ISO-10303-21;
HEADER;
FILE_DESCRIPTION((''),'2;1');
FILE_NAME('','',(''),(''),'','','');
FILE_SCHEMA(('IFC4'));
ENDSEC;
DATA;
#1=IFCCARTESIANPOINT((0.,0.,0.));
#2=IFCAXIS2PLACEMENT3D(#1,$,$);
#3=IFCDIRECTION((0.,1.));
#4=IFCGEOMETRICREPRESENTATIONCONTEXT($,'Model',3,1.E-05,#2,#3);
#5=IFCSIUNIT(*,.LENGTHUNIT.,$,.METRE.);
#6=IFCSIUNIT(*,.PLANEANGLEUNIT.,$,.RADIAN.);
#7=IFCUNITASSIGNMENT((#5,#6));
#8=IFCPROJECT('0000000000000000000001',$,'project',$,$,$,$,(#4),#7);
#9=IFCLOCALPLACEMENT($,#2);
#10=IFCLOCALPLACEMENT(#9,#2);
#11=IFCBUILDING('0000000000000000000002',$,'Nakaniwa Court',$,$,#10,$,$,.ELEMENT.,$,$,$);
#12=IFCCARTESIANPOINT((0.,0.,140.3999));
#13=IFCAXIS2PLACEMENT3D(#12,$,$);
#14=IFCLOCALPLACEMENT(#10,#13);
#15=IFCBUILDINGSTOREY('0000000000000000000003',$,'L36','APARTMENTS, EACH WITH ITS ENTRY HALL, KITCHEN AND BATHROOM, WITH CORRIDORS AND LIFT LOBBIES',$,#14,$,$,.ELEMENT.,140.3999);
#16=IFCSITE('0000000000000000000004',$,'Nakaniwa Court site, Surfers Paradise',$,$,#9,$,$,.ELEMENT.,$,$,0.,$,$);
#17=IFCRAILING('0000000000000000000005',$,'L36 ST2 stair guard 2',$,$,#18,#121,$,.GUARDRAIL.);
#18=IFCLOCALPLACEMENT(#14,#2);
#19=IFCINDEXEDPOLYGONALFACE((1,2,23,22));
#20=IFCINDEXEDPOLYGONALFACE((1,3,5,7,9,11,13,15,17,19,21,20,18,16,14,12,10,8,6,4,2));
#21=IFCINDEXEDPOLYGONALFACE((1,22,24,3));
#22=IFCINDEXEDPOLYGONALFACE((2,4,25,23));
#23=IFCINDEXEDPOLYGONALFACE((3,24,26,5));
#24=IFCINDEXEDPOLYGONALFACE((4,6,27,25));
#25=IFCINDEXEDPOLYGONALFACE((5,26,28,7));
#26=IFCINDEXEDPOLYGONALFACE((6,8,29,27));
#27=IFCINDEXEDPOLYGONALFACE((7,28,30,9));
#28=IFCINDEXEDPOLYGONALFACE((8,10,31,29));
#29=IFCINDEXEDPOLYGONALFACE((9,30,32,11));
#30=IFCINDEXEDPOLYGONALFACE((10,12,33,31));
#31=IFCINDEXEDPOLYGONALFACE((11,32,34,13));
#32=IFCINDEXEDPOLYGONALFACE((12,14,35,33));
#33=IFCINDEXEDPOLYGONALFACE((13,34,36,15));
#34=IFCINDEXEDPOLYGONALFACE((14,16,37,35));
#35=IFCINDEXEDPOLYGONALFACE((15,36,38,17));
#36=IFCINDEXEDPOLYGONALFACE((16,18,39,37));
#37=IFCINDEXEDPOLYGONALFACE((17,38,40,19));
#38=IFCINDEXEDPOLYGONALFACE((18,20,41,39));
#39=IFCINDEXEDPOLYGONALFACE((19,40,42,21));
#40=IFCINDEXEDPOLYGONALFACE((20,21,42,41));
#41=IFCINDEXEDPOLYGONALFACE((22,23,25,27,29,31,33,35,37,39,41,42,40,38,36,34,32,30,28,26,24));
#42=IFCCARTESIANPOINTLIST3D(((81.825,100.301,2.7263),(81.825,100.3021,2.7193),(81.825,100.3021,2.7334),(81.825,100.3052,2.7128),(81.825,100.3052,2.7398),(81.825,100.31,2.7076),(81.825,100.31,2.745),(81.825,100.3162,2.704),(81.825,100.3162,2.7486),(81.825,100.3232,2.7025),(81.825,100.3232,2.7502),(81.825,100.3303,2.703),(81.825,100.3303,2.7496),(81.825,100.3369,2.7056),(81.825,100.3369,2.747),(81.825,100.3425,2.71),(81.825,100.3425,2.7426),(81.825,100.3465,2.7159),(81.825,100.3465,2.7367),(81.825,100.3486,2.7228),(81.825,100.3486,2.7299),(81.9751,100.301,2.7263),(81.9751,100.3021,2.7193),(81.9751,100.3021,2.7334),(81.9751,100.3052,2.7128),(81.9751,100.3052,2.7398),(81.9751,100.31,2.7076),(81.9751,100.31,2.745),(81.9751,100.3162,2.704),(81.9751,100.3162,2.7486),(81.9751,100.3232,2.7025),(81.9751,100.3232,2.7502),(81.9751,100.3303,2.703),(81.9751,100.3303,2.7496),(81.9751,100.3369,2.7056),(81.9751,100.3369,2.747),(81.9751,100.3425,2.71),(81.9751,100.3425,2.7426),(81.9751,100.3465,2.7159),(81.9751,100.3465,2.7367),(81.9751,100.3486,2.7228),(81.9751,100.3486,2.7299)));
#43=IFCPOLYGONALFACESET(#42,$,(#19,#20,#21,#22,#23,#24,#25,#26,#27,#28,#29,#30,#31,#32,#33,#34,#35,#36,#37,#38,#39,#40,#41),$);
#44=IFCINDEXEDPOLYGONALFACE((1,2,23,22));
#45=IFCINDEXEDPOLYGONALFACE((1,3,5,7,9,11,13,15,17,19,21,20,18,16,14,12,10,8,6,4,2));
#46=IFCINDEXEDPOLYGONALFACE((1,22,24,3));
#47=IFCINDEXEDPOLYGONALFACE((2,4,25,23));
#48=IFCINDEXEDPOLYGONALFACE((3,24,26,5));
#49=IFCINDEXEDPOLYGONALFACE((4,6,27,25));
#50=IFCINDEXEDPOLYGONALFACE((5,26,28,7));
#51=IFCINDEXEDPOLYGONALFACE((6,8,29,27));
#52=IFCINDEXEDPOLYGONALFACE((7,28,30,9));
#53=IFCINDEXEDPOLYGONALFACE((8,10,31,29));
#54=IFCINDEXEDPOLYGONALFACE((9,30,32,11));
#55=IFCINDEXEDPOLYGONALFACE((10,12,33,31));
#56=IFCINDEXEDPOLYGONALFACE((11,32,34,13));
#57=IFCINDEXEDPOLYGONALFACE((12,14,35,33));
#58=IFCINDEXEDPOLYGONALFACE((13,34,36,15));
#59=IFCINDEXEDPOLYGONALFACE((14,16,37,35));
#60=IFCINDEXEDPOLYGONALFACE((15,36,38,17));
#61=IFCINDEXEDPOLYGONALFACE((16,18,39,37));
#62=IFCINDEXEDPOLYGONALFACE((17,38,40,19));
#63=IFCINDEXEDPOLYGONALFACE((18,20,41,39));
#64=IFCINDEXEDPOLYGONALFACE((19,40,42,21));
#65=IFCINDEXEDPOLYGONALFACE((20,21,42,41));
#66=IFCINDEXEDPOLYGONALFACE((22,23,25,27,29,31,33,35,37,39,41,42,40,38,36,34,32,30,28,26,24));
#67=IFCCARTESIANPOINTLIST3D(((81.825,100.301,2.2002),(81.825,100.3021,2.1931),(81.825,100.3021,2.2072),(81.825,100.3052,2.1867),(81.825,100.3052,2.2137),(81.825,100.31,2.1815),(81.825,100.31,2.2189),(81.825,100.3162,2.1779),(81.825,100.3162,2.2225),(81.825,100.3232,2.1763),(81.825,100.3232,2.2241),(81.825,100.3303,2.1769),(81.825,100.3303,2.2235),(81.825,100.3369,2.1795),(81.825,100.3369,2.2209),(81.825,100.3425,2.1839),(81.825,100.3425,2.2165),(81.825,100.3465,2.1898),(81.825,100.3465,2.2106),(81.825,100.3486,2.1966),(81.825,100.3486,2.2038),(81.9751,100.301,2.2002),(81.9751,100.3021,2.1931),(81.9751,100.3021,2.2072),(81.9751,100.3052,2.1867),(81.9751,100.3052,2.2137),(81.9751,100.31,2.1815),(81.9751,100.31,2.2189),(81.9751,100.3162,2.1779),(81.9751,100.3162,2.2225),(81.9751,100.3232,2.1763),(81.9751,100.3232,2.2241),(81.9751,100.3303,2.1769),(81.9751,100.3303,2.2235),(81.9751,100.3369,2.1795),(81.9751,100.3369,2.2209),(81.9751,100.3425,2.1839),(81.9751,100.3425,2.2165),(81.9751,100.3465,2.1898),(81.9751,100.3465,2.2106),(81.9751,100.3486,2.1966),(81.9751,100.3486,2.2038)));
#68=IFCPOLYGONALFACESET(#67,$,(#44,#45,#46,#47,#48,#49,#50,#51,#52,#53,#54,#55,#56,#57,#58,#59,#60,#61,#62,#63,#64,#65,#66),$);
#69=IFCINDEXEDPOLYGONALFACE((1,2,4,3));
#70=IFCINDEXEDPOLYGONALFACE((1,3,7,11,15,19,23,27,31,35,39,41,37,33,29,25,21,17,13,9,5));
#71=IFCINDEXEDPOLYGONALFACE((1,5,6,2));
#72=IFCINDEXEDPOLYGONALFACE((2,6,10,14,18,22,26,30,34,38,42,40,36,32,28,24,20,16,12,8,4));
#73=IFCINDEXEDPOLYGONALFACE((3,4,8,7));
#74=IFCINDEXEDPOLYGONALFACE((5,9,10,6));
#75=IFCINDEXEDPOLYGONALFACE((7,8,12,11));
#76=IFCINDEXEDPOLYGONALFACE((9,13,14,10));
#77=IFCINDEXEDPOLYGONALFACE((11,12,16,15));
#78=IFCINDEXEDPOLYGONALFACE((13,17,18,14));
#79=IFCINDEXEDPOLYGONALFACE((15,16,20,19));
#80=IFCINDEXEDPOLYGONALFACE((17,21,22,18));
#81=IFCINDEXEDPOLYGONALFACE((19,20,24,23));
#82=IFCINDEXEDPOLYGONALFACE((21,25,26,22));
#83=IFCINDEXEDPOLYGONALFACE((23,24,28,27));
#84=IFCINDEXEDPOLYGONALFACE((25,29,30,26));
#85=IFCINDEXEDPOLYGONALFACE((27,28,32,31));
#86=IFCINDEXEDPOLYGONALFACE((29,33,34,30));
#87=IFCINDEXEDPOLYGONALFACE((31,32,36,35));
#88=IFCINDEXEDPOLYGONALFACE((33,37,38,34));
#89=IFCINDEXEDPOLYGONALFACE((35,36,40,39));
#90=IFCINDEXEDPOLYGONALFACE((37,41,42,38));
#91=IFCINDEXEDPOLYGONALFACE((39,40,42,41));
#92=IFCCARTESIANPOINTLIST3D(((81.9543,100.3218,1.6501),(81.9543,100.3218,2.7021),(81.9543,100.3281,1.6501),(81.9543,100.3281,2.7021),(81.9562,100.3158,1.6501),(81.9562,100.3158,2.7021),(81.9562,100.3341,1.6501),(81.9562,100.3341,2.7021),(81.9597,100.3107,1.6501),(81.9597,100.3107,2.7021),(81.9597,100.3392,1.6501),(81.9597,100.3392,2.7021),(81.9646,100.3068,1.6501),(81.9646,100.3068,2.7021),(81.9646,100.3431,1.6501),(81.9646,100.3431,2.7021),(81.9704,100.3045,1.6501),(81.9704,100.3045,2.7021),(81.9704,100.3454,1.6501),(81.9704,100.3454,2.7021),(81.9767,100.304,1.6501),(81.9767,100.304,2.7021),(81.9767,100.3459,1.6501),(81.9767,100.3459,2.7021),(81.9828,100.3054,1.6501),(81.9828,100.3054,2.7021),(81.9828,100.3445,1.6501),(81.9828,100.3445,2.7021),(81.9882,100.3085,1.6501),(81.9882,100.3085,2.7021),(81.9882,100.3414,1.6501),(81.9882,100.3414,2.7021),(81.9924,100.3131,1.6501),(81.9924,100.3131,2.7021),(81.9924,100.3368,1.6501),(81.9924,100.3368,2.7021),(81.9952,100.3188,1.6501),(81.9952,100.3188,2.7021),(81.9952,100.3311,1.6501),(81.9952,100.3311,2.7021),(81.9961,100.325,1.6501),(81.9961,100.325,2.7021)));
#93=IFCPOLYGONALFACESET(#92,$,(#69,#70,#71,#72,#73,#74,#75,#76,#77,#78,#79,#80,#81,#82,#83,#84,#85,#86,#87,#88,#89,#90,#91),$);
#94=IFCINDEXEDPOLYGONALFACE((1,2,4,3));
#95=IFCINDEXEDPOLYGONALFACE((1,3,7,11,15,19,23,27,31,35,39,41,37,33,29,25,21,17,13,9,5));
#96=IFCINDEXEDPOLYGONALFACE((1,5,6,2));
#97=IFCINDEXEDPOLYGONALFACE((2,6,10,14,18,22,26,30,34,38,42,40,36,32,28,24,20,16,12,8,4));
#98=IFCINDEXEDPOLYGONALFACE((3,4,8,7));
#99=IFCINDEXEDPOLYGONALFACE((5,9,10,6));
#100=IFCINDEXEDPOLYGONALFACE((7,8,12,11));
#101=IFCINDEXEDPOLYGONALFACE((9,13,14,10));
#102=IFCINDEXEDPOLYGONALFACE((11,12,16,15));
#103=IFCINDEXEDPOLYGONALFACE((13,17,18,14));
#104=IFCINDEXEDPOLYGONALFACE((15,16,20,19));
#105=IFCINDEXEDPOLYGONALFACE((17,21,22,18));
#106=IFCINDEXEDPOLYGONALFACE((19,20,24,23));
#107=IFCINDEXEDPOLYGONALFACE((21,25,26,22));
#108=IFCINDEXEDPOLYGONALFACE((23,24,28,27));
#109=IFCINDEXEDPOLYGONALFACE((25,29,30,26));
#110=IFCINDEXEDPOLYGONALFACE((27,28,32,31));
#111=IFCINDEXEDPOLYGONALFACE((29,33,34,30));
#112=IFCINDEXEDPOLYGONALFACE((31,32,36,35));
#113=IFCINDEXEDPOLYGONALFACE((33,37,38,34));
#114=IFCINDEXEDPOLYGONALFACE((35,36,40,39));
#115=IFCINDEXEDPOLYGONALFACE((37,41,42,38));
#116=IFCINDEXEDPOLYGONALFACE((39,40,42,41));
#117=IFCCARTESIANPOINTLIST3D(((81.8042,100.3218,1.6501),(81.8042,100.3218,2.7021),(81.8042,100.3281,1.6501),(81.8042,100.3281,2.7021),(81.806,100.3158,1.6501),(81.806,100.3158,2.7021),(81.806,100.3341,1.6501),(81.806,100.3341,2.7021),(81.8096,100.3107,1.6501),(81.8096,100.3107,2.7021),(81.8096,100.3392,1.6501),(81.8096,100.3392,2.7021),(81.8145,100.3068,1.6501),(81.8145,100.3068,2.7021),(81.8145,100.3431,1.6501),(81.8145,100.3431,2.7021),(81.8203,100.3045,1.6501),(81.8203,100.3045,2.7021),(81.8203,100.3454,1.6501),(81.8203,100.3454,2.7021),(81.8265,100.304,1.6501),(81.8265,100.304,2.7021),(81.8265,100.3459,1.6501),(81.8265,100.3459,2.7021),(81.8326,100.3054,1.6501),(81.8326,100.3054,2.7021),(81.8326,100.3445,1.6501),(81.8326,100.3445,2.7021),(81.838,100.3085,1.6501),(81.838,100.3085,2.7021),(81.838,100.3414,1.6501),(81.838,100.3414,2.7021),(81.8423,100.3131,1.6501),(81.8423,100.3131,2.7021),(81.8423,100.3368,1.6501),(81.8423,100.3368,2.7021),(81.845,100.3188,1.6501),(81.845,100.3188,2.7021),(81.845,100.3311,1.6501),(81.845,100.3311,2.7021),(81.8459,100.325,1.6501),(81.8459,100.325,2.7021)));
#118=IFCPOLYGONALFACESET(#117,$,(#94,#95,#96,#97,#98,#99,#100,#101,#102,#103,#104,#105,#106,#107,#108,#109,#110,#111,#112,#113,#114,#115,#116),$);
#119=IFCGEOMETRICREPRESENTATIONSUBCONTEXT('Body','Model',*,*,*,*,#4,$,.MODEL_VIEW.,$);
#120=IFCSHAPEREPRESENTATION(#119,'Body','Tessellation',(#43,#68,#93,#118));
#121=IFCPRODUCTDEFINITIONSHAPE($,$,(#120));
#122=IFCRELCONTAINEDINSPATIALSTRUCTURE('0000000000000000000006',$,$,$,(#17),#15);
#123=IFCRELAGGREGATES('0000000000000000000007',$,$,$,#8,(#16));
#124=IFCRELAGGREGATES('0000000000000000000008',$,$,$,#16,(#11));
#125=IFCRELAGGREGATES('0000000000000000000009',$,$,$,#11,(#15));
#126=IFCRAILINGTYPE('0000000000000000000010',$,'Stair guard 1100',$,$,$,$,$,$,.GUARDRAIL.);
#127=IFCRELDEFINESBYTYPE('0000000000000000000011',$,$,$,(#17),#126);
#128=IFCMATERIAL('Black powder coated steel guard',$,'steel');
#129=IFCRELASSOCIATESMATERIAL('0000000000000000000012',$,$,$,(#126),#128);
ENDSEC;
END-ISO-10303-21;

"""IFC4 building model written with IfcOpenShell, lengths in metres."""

from ifc_helpers import new_model, si_unit, direction, frame, origin, origin_2d, place, context, subcontext, project, spatial, circle, extrude, material, type_object, element, save


model = new_model("IFC4")

# Units and contexts
model_context = context("Model", 3, precision=1e-05, world=origin(), true_north=direction((0.0, 1.0)))
body_context = subcontext(model_context, "Body", "Model", "MODEL_VIEW")
ifc_project = project(units=[si_unit("LENGTHUNIT", "METRE"), si_unit("PLANEANGLEUNIT", "RADIAN")], contexts=[model_context])

# Site, building, storey
site_placement = place(None, origin())
site = spatial("IfcSite", under=ifc_project, at=site_placement, Name="Nakaniwa Court site, Surfers Paradise", CompositionType="ELEMENT", RefElevation=0.0)
building_placement = place(site_placement, origin())
building = spatial("IfcBuilding", under=site, at=building_placement, Name="Nakaniwa Court", CompositionType="ELEMENT")
storey_placement = place(building_placement, frame((0.0, 0.0, 140.3999)))
storey = spatial("IfcBuildingStorey", under=building, at=storey_placement, Name="L36", Description="APARTMENTS, EACH WITH ITS ENTRY HALL, KITCHEN AND BATHROOM, WITH CORRIDORS AND LIFT LOBBIES", CompositionType="ELEMENT", Elevation=140.3999)

# Railing
ifc_material_1 = material(Name="Black powder coated steel guard", Category="steel")
railing_type_1 = type_object("IfcRailingType", Name="Stair guard 1100", PredefinedType="GUARDRAIL", material=ifc_material_1)
railing_1_placement = place(storey_placement, frame((81.9751, 100.325, 1.6501)))
element("IfcRailing", 1, at=railing_1_placement, inside=storey, type_object=railing_type_1, Name="L36 ST2 stair guard 2", PredefinedType="GUARDRAIL", context=body_context, shape_type="SweptSolid", body=[
    extrude(circle(Radius=0.0239, at=origin_2d()), frame((0.0, 0.0, 1.0762), z_axis=(-1.0, 0.0, 0.0), x_axis=(0.0, -1.0, 0.0)), (0.0, 0.0, 1.0), 0.1501),
    extrude(circle(Radius=0.0239, at=origin_2d()), frame((0.0, 0.0, 0.55), z_axis=(-1.0, 0.0, 0.0), x_axis=(0.0, -1.0, 0.0)), (0.0, 0.0, 1.0), 0.1501),
    extrude(circle(Radius=0.021, at=origin_2d()), origin(), (0.0, 0.0, 1.0), 1.052),
    extrude(circle(Radius=0.021, at=origin_2d()), frame((-0.1501, 0.0, 0.0)), (0.0, 0.0, 1.0), 1.052),
])

save(model, "model.ifc")
